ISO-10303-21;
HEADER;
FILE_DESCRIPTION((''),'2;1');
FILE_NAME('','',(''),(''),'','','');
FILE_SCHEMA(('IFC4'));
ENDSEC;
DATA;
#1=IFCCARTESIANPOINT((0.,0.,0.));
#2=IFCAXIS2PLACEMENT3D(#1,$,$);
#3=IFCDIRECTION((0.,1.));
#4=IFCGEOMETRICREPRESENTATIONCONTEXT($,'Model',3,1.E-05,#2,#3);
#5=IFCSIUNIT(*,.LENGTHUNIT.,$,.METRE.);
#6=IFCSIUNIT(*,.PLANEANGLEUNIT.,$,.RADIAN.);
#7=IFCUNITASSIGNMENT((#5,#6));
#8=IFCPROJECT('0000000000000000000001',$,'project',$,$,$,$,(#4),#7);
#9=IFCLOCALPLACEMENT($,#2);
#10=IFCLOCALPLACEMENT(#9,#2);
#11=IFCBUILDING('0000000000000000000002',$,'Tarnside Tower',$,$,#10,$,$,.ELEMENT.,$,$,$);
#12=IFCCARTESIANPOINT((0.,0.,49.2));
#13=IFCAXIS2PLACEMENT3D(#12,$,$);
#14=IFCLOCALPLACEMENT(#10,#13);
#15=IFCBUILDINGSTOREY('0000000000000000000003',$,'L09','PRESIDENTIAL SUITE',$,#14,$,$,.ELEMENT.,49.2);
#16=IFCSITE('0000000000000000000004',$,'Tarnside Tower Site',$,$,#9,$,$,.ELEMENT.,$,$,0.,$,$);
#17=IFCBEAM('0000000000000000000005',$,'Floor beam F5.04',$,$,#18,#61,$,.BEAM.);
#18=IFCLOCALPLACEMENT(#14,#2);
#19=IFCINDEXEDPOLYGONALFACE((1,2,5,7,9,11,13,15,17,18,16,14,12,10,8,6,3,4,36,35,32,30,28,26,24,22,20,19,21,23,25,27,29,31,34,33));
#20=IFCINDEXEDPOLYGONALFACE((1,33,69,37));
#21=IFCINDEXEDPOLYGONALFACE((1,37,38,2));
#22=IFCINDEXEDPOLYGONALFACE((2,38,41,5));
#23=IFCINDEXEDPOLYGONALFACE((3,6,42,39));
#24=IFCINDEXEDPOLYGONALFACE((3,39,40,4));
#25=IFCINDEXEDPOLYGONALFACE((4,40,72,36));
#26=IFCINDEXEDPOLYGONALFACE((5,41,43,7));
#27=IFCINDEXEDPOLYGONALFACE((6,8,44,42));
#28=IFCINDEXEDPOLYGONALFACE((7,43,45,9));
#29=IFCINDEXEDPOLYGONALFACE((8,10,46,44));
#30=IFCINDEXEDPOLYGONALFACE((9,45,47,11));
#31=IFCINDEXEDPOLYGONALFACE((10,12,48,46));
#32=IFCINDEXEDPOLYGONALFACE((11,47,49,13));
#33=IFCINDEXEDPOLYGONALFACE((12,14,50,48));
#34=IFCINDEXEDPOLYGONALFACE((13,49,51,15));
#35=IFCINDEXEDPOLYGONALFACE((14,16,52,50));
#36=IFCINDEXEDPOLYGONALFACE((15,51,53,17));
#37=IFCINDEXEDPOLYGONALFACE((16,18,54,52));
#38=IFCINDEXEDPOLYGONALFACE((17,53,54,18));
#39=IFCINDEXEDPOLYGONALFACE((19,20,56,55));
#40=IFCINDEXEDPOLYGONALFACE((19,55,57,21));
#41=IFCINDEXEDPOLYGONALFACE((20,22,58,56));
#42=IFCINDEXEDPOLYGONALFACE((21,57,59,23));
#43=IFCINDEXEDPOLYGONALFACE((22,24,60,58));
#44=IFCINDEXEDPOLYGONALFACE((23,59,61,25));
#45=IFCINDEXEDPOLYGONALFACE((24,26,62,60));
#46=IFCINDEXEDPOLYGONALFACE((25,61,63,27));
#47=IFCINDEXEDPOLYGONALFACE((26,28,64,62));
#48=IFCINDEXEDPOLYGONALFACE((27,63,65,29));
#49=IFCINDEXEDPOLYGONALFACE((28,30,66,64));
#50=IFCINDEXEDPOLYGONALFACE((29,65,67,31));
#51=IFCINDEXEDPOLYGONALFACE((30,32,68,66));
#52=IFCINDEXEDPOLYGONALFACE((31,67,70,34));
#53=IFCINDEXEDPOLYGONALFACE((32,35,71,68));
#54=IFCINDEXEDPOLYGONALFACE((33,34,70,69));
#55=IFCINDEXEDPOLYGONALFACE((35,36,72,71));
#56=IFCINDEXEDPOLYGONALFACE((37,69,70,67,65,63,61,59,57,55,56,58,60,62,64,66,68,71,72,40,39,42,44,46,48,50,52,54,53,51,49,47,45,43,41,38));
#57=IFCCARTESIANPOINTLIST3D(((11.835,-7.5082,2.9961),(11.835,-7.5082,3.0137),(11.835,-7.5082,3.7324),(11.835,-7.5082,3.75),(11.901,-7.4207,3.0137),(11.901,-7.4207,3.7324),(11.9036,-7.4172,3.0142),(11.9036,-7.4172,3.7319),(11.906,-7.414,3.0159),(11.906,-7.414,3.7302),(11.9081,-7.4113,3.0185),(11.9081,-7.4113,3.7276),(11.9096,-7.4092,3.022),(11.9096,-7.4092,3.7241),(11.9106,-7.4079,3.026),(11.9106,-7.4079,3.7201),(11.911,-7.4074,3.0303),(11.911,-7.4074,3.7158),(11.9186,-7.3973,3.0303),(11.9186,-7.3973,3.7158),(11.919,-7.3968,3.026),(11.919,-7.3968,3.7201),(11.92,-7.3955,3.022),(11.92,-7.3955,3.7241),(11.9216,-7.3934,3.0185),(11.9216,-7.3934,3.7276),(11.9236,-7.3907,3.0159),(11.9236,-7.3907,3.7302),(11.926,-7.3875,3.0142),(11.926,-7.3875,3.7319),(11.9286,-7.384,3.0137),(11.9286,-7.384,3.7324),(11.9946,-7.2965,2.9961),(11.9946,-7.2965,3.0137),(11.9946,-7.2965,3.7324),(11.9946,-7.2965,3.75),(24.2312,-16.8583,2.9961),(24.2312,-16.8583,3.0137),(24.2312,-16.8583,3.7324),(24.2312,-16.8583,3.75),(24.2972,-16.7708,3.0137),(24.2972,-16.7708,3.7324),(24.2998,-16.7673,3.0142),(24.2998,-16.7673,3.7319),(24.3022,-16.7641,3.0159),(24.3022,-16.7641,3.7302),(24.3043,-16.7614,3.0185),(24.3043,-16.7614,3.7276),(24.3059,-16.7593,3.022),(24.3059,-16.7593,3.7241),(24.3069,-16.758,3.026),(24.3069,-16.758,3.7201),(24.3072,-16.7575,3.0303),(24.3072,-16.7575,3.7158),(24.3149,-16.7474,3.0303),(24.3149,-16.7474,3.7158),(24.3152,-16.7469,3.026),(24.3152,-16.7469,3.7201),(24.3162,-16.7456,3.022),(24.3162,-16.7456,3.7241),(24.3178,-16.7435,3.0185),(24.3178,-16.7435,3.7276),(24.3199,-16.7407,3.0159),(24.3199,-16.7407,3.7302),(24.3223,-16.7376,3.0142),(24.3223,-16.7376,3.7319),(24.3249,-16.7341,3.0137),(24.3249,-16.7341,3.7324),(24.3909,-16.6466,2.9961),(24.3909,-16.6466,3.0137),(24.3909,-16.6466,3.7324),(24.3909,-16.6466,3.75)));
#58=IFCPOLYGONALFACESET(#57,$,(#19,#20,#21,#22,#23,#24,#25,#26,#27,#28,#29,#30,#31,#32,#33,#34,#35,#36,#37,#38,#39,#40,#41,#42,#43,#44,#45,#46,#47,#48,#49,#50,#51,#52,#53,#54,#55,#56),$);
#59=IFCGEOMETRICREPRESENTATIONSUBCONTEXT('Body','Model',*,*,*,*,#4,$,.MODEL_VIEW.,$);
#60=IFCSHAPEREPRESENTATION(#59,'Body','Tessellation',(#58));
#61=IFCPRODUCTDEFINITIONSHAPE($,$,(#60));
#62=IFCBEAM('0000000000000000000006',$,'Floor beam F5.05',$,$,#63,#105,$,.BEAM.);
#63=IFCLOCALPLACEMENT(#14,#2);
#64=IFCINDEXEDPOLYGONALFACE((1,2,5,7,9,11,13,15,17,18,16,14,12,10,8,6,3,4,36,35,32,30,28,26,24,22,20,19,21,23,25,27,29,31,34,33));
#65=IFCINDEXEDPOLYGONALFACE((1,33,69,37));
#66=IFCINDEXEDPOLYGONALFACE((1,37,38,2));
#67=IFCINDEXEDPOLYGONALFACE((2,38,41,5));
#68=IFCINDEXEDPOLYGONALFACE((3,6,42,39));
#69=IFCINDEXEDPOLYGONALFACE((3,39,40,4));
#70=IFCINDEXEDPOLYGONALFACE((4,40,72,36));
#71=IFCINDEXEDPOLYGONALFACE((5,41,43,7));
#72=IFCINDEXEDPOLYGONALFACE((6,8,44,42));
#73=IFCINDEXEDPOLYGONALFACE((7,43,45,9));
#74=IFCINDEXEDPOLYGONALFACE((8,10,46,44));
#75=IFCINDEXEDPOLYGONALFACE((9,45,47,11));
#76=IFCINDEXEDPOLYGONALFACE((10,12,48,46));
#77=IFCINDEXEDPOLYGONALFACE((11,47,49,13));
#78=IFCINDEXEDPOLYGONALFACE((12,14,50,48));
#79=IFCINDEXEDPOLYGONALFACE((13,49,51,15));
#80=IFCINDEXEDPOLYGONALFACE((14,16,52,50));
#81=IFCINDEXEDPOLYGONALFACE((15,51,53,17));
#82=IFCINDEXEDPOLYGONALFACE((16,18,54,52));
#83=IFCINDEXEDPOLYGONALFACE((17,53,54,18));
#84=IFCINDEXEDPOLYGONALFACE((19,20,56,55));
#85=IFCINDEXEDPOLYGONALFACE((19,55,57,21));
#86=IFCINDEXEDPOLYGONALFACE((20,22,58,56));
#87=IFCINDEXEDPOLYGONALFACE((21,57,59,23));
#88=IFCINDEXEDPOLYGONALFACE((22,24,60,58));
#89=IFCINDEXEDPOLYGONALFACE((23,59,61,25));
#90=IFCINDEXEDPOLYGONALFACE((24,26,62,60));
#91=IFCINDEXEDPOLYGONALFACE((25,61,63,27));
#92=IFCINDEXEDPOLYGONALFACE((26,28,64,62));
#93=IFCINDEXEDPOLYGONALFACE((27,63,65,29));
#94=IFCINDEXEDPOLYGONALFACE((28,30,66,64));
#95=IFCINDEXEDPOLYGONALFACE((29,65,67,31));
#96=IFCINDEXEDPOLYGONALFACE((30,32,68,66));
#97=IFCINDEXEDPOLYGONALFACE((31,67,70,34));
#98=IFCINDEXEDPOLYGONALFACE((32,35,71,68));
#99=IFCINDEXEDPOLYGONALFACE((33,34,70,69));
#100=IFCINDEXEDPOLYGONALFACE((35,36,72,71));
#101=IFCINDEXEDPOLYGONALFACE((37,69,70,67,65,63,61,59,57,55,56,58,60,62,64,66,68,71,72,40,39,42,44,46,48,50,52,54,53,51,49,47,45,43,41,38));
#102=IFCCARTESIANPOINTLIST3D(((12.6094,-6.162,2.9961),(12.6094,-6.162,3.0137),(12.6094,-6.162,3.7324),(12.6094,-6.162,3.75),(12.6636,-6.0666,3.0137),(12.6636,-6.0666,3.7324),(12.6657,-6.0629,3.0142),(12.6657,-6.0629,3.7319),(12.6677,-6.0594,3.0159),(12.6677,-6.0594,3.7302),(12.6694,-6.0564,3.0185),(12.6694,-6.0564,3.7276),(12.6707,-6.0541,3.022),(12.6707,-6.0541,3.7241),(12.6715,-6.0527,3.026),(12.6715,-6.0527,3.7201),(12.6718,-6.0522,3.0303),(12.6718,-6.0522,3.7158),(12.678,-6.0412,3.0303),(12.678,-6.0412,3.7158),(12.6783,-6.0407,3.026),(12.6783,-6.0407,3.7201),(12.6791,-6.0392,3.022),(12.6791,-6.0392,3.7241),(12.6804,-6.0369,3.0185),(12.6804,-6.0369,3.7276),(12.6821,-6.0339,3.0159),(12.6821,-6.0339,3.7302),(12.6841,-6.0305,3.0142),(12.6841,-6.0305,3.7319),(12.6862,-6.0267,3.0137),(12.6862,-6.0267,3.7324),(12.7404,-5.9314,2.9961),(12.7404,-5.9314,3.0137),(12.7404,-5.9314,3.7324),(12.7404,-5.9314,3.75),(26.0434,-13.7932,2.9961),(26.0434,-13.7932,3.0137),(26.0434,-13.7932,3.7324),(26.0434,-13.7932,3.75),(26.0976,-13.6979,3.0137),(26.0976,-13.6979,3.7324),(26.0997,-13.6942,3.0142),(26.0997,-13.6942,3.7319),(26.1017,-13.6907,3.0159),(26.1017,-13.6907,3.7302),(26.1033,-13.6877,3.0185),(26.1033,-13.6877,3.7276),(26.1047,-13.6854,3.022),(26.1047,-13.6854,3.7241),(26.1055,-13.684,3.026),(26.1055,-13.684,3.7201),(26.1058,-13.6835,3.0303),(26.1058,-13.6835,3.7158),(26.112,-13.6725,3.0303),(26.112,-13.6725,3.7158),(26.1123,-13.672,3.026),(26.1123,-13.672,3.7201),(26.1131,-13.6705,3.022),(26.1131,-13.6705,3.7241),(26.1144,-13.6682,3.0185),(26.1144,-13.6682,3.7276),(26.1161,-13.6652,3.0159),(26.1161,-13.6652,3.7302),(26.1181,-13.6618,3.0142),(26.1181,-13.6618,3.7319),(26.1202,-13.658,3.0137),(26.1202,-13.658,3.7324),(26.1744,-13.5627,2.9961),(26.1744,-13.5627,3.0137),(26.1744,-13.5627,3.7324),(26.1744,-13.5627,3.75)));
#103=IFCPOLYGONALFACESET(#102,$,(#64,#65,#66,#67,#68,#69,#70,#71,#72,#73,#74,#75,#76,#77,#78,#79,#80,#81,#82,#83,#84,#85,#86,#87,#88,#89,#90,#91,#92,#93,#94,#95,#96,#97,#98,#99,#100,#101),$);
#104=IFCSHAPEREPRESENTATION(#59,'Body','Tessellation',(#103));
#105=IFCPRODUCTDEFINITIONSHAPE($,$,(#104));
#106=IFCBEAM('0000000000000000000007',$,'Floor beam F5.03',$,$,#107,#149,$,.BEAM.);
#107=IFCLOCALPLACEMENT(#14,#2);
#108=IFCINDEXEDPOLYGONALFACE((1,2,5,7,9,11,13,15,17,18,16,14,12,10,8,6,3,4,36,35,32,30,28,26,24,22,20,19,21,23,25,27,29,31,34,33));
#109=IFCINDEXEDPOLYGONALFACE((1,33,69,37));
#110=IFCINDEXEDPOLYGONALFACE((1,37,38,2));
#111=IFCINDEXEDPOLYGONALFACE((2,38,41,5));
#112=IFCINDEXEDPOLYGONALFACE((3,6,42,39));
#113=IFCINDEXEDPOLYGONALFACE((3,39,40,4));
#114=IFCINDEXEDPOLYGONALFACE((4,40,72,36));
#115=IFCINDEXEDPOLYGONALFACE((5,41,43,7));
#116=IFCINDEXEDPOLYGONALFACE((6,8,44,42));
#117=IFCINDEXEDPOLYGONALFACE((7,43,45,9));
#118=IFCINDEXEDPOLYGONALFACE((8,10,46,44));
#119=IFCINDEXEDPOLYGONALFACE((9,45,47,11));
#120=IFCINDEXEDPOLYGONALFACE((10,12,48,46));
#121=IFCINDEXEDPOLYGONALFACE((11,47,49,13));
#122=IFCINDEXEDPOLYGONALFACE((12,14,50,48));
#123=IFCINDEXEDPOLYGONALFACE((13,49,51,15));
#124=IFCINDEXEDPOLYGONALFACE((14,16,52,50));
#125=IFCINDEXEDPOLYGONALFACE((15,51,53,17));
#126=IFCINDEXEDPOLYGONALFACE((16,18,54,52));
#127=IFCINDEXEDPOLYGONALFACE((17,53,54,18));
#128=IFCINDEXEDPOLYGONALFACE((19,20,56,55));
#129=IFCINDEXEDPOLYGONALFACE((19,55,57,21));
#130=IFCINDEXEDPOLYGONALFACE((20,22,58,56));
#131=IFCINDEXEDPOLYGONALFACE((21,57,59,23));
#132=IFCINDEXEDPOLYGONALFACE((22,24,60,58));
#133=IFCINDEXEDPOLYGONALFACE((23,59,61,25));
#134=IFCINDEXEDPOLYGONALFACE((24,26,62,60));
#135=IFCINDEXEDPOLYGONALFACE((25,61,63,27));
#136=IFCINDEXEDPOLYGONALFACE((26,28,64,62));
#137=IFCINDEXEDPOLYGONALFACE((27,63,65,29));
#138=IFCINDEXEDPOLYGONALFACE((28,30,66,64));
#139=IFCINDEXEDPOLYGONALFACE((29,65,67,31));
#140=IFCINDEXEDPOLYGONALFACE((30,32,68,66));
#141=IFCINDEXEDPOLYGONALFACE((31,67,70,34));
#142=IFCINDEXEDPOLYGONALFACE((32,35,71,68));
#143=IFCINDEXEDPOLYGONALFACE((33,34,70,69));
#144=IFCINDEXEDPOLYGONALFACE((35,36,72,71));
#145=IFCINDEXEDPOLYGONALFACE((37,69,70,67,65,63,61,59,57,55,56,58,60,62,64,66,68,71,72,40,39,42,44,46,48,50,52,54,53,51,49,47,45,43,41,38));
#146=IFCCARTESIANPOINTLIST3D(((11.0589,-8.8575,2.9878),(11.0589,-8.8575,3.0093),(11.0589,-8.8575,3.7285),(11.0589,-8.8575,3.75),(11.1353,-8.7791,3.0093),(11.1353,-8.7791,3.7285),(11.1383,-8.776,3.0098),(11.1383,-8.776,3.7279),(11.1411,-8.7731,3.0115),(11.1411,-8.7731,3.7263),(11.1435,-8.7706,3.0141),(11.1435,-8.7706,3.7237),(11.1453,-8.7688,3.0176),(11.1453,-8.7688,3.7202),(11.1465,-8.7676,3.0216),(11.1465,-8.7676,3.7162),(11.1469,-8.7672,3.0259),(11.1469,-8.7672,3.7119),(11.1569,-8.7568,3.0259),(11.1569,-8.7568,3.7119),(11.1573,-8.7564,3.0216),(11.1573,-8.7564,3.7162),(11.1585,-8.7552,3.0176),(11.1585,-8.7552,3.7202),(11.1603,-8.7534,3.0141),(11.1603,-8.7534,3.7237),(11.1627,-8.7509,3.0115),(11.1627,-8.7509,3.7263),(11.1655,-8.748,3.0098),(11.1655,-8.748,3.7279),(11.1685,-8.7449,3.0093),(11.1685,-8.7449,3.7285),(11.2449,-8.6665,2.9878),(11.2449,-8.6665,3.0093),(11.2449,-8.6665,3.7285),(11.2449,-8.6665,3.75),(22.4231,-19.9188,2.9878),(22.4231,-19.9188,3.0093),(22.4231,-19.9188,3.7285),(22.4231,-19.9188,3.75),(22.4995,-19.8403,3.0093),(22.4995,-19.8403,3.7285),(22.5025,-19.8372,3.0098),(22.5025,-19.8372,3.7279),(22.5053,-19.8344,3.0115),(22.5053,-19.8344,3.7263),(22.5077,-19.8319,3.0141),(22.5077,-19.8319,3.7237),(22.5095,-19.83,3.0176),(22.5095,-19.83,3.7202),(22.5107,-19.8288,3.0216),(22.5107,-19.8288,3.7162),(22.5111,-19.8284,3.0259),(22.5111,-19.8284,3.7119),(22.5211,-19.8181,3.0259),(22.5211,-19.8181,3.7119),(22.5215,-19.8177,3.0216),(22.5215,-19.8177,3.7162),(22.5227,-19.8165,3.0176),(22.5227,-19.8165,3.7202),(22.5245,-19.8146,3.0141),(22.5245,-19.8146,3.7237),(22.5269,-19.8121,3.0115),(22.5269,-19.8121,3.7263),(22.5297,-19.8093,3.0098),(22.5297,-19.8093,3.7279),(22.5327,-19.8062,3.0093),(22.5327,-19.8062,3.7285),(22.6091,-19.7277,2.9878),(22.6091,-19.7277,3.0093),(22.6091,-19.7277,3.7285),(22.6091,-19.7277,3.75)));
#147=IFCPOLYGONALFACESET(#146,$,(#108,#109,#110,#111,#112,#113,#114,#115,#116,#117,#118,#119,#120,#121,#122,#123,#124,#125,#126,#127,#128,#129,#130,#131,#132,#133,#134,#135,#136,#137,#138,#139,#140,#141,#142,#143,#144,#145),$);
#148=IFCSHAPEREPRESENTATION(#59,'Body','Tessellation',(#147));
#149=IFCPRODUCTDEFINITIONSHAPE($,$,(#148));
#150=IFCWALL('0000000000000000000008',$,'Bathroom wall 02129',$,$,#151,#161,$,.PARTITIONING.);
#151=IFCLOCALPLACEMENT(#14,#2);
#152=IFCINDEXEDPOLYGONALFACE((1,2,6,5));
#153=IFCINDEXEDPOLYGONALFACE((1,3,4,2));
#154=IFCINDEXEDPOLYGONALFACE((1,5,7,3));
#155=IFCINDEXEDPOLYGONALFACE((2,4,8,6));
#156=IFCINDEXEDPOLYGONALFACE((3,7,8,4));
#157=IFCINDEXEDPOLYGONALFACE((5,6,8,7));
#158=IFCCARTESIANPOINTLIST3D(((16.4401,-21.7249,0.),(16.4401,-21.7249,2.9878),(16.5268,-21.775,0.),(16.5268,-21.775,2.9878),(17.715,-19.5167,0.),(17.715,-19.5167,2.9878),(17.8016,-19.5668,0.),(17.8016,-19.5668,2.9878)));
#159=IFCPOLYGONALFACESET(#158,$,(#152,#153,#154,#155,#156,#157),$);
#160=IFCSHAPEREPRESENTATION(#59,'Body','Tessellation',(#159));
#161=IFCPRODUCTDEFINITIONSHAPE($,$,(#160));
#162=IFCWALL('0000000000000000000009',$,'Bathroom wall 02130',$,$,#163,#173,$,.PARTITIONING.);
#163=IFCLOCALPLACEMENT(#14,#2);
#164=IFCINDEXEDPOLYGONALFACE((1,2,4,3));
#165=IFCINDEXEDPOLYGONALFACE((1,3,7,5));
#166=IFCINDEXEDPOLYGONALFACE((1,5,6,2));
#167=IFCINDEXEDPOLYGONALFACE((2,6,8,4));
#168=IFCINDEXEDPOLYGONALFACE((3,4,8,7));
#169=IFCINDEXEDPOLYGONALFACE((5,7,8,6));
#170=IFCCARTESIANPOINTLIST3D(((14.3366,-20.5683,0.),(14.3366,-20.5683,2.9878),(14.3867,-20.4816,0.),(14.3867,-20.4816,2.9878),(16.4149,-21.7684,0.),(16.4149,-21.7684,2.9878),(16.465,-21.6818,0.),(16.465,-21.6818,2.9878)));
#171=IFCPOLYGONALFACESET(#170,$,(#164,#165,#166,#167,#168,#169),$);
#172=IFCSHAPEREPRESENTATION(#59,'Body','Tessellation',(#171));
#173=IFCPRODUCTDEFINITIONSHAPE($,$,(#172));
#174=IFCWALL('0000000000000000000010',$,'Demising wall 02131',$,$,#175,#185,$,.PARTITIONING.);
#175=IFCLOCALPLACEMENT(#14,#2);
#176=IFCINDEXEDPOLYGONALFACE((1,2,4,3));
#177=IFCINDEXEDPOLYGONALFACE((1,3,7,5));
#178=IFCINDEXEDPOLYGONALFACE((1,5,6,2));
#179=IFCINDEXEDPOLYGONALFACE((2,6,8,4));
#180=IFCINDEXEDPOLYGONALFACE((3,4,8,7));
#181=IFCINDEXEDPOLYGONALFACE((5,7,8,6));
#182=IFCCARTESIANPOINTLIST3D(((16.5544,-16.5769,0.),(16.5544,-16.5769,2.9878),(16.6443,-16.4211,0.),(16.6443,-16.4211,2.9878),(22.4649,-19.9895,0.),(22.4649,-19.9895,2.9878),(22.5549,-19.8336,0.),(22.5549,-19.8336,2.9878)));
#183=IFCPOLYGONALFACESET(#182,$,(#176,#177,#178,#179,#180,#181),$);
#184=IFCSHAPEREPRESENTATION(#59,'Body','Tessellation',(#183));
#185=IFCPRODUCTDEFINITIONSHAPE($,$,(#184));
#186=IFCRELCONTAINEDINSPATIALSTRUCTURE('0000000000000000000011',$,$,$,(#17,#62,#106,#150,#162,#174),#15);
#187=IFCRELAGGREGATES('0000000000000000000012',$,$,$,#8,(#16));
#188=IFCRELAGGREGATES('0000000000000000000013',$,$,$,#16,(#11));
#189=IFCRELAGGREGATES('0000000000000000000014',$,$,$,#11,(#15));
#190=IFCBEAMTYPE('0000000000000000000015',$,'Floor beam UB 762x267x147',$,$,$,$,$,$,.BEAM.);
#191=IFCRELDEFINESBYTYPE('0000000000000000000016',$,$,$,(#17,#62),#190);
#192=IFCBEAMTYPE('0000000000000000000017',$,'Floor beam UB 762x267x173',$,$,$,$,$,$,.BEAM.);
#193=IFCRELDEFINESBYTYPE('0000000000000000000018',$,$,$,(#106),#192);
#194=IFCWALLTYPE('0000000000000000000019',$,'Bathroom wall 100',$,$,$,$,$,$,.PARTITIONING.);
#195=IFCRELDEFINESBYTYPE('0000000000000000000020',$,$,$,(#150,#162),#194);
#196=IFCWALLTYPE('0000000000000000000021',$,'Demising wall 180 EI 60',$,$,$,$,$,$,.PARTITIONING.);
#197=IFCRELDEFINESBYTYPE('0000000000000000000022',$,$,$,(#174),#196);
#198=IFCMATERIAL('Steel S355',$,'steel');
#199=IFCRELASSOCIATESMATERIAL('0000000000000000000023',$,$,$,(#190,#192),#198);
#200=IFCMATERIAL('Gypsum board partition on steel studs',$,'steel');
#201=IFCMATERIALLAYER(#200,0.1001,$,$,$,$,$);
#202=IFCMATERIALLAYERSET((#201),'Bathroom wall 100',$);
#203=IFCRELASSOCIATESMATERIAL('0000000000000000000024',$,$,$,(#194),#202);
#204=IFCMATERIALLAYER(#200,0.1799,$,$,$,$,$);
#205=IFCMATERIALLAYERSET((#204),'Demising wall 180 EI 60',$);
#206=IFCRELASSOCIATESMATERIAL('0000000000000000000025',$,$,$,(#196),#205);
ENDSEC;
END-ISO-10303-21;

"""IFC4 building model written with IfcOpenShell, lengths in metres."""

from ifc_helpers import new_model, si_unit, direction, frame, frame_2d, origin, origin_2d, place, context, subcontext, project, spatial, rectangle, i_section, extrude, material, layer, layer_set, material_profile, profile_set, type_object, element, save


model = new_model("IFC4")

# Units and contexts
model_context = context("Model", 3, precision=1e-05, world=origin(), true_north=direction((0.0, 1.0)))
body_context = subcontext(model_context, "Body", "Model", "MODEL_VIEW")
ifc_project = project(units=[si_unit("LENGTHUNIT", "METRE"), si_unit("PLANEANGLEUNIT", "RADIAN")], contexts=[model_context])

# Site, building, storey
site_placement = place(None, origin())
site = spatial("IfcSite", under=ifc_project, at=site_placement, Name="Tarnside Tower Site", CompositionType="ELEMENT", RefElevation=0.0)
building_placement = place(site_placement, origin())
building = spatial("IfcBuilding", under=site, at=building_placement, Name="Tarnside Tower", CompositionType="ELEMENT")
storey_placement = place(building_placement, frame((0.0, 0.0, 49.2)))
storey = spatial("IfcBuildingStorey", under=building, at=storey_placement, Name="L09", Description="PRESIDENTIAL SUITE", CompositionType="ELEMENT", Elevation=49.2)

# Beams
ifc_material_1 = material(Name="Steel S355", Category="steel")
ifc_material_profile_1 = material_profile(ifc_material_1, i_section(OverallWidth=0.2651, OverallDepth=0.7539, WebThickness=0.0127, FlangeThickness=0.0176, FilletRadius=0.0166, at=origin_2d()), Name="UB 762x267x147")
ifc_profile_set_1 = profile_set([ifc_material_profile_1], Name="Steel S355")
beam_type_1 = type_object("IfcBeamType", Name="Floor beam UB 762x267x147", PredefinedType="BEAM", material=ifc_profile_set_1)
beam_1_placement = place(storey_placement, frame((24.311, -16.7524, 3.373), z_axis=(-0.798361, 0.602179, 0.0), x_axis=(-0.602179, -0.798361, 0.0)))
element("IfcBeam", 1, at=beam_1_placement, inside=storey, type_object=beam_type_1, Name="Floor beam F5.04", PredefinedType="BEAM", context=body_context, shape_type="SweptSolid", body=[
    extrude(i_section(OverallWidth=0.2651, OverallDepth=0.7539, WebThickness=0.0127, FlangeThickness=0.0176, FilletRadius=0.0166, at=origin_2d()), origin(), (0.0, 0.0, 1.0), 15.5271),
])
beam_2_placement = place(storey_placement, frame((26.1089, -13.678, 3.373), z_axis=(-0.869503, 0.493929, 0.0), x_axis=(-0.493929, -0.869503, 0.0)))
element("IfcBeam", 2, at=beam_2_placement, inside=storey, type_object=beam_type_1, Name="Floor beam F5.05", PredefinedType="BEAM", context=body_context, shape_type="SweptSolid", body=[
    extrude(i_section(OverallWidth=0.2651, OverallDepth=0.7539, WebThickness=0.0127, FlangeThickness=0.0176, FilletRadius=0.0166, at=origin_2d()), origin(), (0.0, 0.0, 1.0), 15.4502),
])
ifc_material_profile_2 = material_profile(ifc_material_1, i_section(OverallWidth=0.2666, OverallDepth=0.7622, WebThickness=0.0144, FlangeThickness=0.0215, FilletRadius=0.0166, at=origin_2d()), Name="UB 762x267x173")
ifc_profile_set_2 = profile_set([ifc_material_profile_2], Name="Steel S355")
beam_type_2 = type_object("IfcBeamType", Name="Floor beam UB 762x267x173", PredefinedType="BEAM", material=ifc_profile_set_2)
beam_3_placement = place(storey_placement, frame((22.5161, -19.8232, 3.3689), z_axis=(-0.716595, 0.69749, 0.0), x_axis=(-0.69749, -0.716595, 0.0)))
element("IfcBeam", 3, at=beam_3_placement, inside=storey, type_object=beam_type_2, Name="Floor beam F5.03", PredefinedType="BEAM", context=body_context, shape_type="SweptSolid", body=[
    extrude(i_section(OverallWidth=0.2666, OverallDepth=0.7622, WebThickness=0.0144, FlangeThickness=0.0215, FilletRadius=0.0166, at=origin_2d()), origin(), (0.0, 0.0, 1.0), 15.8586),
])

# Walls
ifc_material_2 = material(Name="Gypsum board partition on steel studs", Category="steel")
ifc_layer_1 = layer(ifc_material_2, 0.1001)
ifc_layer_set_1 = layer_set([ifc_layer_1], Name="Bathroom wall 100")
wall_type_1 = type_object("IfcWallType", Name="Bathroom wall 100", PredefinedType="PARTITIONING", material=ifc_layer_set_1)
wall_1_placement = place(storey_placement, frame((17.7583, -19.5417, 0.0), z_axis=(0.0, 0.0, 1.0), x_axis=(-0.49999, -0.866031, 0.0)))
element("IfcWall", 4, at=wall_1_placement, inside=storey, type_object=wall_type_1, Name="Bathroom wall 02129", PredefinedType="PARTITIONING", context=body_context, shape_type="SweptSolid", body=[
    extrude(rectangle(XDim=2.5498, YDim=0.1001, at=frame_2d((1.2749, 0.0))), origin(), (0.0, 0.0, 1.0), 2.9878),
])
wall_2_placement = place(storey_placement, frame((16.4399, -21.7251, 0.0), z_axis=(0.0, 0.0, 1.0), x_axis=(-0.865981, 0.500078, 0.0)))
element("IfcWall", 5, at=wall_2_placement, inside=storey, type_object=wall_type_1, Name="Bathroom wall 02130", PredefinedType="PARTITIONING", context=body_context, shape_type="SweptSolid", body=[
    extrude(rectangle(XDim=2.3999, YDim=0.1001, at=frame_2d((1.2, 0.0))), origin(), (0.0, 0.0, 1.0), 2.9878),
])
ifc_layer_2 = layer(ifc_material_2, 0.1799)
ifc_layer_set_2 = layer_set([ifc_layer_2], Name="Demising wall 180 EI 60")
wall_type_2 = type_object("IfcWallType", Name="Demising wall 180 EI 60", PredefinedType="PARTITIONING", material=ifc_layer_set_2)
wall_3_placement = place(storey_placement, frame((22.51, -19.9116, 0.0), z_axis=(0.0, 0.0, 1.0), x_axis=(-0.86602, 0.500009, 0.0)))
element("IfcWall", 6, at=wall_3_placement, inside=storey, type_object=wall_type_2, Name="Demising wall 02131", PredefinedType="PARTITIONING", context=body_context, shape_type="SweptSolid", body=[
    extrude(rectangle(XDim=6.825, YDim=0.1799, at=frame_2d((3.4126, 0.0))), origin(), (0.0, 0.0, 1.0), 2.9878),
])

save(model, "model.ifc")
